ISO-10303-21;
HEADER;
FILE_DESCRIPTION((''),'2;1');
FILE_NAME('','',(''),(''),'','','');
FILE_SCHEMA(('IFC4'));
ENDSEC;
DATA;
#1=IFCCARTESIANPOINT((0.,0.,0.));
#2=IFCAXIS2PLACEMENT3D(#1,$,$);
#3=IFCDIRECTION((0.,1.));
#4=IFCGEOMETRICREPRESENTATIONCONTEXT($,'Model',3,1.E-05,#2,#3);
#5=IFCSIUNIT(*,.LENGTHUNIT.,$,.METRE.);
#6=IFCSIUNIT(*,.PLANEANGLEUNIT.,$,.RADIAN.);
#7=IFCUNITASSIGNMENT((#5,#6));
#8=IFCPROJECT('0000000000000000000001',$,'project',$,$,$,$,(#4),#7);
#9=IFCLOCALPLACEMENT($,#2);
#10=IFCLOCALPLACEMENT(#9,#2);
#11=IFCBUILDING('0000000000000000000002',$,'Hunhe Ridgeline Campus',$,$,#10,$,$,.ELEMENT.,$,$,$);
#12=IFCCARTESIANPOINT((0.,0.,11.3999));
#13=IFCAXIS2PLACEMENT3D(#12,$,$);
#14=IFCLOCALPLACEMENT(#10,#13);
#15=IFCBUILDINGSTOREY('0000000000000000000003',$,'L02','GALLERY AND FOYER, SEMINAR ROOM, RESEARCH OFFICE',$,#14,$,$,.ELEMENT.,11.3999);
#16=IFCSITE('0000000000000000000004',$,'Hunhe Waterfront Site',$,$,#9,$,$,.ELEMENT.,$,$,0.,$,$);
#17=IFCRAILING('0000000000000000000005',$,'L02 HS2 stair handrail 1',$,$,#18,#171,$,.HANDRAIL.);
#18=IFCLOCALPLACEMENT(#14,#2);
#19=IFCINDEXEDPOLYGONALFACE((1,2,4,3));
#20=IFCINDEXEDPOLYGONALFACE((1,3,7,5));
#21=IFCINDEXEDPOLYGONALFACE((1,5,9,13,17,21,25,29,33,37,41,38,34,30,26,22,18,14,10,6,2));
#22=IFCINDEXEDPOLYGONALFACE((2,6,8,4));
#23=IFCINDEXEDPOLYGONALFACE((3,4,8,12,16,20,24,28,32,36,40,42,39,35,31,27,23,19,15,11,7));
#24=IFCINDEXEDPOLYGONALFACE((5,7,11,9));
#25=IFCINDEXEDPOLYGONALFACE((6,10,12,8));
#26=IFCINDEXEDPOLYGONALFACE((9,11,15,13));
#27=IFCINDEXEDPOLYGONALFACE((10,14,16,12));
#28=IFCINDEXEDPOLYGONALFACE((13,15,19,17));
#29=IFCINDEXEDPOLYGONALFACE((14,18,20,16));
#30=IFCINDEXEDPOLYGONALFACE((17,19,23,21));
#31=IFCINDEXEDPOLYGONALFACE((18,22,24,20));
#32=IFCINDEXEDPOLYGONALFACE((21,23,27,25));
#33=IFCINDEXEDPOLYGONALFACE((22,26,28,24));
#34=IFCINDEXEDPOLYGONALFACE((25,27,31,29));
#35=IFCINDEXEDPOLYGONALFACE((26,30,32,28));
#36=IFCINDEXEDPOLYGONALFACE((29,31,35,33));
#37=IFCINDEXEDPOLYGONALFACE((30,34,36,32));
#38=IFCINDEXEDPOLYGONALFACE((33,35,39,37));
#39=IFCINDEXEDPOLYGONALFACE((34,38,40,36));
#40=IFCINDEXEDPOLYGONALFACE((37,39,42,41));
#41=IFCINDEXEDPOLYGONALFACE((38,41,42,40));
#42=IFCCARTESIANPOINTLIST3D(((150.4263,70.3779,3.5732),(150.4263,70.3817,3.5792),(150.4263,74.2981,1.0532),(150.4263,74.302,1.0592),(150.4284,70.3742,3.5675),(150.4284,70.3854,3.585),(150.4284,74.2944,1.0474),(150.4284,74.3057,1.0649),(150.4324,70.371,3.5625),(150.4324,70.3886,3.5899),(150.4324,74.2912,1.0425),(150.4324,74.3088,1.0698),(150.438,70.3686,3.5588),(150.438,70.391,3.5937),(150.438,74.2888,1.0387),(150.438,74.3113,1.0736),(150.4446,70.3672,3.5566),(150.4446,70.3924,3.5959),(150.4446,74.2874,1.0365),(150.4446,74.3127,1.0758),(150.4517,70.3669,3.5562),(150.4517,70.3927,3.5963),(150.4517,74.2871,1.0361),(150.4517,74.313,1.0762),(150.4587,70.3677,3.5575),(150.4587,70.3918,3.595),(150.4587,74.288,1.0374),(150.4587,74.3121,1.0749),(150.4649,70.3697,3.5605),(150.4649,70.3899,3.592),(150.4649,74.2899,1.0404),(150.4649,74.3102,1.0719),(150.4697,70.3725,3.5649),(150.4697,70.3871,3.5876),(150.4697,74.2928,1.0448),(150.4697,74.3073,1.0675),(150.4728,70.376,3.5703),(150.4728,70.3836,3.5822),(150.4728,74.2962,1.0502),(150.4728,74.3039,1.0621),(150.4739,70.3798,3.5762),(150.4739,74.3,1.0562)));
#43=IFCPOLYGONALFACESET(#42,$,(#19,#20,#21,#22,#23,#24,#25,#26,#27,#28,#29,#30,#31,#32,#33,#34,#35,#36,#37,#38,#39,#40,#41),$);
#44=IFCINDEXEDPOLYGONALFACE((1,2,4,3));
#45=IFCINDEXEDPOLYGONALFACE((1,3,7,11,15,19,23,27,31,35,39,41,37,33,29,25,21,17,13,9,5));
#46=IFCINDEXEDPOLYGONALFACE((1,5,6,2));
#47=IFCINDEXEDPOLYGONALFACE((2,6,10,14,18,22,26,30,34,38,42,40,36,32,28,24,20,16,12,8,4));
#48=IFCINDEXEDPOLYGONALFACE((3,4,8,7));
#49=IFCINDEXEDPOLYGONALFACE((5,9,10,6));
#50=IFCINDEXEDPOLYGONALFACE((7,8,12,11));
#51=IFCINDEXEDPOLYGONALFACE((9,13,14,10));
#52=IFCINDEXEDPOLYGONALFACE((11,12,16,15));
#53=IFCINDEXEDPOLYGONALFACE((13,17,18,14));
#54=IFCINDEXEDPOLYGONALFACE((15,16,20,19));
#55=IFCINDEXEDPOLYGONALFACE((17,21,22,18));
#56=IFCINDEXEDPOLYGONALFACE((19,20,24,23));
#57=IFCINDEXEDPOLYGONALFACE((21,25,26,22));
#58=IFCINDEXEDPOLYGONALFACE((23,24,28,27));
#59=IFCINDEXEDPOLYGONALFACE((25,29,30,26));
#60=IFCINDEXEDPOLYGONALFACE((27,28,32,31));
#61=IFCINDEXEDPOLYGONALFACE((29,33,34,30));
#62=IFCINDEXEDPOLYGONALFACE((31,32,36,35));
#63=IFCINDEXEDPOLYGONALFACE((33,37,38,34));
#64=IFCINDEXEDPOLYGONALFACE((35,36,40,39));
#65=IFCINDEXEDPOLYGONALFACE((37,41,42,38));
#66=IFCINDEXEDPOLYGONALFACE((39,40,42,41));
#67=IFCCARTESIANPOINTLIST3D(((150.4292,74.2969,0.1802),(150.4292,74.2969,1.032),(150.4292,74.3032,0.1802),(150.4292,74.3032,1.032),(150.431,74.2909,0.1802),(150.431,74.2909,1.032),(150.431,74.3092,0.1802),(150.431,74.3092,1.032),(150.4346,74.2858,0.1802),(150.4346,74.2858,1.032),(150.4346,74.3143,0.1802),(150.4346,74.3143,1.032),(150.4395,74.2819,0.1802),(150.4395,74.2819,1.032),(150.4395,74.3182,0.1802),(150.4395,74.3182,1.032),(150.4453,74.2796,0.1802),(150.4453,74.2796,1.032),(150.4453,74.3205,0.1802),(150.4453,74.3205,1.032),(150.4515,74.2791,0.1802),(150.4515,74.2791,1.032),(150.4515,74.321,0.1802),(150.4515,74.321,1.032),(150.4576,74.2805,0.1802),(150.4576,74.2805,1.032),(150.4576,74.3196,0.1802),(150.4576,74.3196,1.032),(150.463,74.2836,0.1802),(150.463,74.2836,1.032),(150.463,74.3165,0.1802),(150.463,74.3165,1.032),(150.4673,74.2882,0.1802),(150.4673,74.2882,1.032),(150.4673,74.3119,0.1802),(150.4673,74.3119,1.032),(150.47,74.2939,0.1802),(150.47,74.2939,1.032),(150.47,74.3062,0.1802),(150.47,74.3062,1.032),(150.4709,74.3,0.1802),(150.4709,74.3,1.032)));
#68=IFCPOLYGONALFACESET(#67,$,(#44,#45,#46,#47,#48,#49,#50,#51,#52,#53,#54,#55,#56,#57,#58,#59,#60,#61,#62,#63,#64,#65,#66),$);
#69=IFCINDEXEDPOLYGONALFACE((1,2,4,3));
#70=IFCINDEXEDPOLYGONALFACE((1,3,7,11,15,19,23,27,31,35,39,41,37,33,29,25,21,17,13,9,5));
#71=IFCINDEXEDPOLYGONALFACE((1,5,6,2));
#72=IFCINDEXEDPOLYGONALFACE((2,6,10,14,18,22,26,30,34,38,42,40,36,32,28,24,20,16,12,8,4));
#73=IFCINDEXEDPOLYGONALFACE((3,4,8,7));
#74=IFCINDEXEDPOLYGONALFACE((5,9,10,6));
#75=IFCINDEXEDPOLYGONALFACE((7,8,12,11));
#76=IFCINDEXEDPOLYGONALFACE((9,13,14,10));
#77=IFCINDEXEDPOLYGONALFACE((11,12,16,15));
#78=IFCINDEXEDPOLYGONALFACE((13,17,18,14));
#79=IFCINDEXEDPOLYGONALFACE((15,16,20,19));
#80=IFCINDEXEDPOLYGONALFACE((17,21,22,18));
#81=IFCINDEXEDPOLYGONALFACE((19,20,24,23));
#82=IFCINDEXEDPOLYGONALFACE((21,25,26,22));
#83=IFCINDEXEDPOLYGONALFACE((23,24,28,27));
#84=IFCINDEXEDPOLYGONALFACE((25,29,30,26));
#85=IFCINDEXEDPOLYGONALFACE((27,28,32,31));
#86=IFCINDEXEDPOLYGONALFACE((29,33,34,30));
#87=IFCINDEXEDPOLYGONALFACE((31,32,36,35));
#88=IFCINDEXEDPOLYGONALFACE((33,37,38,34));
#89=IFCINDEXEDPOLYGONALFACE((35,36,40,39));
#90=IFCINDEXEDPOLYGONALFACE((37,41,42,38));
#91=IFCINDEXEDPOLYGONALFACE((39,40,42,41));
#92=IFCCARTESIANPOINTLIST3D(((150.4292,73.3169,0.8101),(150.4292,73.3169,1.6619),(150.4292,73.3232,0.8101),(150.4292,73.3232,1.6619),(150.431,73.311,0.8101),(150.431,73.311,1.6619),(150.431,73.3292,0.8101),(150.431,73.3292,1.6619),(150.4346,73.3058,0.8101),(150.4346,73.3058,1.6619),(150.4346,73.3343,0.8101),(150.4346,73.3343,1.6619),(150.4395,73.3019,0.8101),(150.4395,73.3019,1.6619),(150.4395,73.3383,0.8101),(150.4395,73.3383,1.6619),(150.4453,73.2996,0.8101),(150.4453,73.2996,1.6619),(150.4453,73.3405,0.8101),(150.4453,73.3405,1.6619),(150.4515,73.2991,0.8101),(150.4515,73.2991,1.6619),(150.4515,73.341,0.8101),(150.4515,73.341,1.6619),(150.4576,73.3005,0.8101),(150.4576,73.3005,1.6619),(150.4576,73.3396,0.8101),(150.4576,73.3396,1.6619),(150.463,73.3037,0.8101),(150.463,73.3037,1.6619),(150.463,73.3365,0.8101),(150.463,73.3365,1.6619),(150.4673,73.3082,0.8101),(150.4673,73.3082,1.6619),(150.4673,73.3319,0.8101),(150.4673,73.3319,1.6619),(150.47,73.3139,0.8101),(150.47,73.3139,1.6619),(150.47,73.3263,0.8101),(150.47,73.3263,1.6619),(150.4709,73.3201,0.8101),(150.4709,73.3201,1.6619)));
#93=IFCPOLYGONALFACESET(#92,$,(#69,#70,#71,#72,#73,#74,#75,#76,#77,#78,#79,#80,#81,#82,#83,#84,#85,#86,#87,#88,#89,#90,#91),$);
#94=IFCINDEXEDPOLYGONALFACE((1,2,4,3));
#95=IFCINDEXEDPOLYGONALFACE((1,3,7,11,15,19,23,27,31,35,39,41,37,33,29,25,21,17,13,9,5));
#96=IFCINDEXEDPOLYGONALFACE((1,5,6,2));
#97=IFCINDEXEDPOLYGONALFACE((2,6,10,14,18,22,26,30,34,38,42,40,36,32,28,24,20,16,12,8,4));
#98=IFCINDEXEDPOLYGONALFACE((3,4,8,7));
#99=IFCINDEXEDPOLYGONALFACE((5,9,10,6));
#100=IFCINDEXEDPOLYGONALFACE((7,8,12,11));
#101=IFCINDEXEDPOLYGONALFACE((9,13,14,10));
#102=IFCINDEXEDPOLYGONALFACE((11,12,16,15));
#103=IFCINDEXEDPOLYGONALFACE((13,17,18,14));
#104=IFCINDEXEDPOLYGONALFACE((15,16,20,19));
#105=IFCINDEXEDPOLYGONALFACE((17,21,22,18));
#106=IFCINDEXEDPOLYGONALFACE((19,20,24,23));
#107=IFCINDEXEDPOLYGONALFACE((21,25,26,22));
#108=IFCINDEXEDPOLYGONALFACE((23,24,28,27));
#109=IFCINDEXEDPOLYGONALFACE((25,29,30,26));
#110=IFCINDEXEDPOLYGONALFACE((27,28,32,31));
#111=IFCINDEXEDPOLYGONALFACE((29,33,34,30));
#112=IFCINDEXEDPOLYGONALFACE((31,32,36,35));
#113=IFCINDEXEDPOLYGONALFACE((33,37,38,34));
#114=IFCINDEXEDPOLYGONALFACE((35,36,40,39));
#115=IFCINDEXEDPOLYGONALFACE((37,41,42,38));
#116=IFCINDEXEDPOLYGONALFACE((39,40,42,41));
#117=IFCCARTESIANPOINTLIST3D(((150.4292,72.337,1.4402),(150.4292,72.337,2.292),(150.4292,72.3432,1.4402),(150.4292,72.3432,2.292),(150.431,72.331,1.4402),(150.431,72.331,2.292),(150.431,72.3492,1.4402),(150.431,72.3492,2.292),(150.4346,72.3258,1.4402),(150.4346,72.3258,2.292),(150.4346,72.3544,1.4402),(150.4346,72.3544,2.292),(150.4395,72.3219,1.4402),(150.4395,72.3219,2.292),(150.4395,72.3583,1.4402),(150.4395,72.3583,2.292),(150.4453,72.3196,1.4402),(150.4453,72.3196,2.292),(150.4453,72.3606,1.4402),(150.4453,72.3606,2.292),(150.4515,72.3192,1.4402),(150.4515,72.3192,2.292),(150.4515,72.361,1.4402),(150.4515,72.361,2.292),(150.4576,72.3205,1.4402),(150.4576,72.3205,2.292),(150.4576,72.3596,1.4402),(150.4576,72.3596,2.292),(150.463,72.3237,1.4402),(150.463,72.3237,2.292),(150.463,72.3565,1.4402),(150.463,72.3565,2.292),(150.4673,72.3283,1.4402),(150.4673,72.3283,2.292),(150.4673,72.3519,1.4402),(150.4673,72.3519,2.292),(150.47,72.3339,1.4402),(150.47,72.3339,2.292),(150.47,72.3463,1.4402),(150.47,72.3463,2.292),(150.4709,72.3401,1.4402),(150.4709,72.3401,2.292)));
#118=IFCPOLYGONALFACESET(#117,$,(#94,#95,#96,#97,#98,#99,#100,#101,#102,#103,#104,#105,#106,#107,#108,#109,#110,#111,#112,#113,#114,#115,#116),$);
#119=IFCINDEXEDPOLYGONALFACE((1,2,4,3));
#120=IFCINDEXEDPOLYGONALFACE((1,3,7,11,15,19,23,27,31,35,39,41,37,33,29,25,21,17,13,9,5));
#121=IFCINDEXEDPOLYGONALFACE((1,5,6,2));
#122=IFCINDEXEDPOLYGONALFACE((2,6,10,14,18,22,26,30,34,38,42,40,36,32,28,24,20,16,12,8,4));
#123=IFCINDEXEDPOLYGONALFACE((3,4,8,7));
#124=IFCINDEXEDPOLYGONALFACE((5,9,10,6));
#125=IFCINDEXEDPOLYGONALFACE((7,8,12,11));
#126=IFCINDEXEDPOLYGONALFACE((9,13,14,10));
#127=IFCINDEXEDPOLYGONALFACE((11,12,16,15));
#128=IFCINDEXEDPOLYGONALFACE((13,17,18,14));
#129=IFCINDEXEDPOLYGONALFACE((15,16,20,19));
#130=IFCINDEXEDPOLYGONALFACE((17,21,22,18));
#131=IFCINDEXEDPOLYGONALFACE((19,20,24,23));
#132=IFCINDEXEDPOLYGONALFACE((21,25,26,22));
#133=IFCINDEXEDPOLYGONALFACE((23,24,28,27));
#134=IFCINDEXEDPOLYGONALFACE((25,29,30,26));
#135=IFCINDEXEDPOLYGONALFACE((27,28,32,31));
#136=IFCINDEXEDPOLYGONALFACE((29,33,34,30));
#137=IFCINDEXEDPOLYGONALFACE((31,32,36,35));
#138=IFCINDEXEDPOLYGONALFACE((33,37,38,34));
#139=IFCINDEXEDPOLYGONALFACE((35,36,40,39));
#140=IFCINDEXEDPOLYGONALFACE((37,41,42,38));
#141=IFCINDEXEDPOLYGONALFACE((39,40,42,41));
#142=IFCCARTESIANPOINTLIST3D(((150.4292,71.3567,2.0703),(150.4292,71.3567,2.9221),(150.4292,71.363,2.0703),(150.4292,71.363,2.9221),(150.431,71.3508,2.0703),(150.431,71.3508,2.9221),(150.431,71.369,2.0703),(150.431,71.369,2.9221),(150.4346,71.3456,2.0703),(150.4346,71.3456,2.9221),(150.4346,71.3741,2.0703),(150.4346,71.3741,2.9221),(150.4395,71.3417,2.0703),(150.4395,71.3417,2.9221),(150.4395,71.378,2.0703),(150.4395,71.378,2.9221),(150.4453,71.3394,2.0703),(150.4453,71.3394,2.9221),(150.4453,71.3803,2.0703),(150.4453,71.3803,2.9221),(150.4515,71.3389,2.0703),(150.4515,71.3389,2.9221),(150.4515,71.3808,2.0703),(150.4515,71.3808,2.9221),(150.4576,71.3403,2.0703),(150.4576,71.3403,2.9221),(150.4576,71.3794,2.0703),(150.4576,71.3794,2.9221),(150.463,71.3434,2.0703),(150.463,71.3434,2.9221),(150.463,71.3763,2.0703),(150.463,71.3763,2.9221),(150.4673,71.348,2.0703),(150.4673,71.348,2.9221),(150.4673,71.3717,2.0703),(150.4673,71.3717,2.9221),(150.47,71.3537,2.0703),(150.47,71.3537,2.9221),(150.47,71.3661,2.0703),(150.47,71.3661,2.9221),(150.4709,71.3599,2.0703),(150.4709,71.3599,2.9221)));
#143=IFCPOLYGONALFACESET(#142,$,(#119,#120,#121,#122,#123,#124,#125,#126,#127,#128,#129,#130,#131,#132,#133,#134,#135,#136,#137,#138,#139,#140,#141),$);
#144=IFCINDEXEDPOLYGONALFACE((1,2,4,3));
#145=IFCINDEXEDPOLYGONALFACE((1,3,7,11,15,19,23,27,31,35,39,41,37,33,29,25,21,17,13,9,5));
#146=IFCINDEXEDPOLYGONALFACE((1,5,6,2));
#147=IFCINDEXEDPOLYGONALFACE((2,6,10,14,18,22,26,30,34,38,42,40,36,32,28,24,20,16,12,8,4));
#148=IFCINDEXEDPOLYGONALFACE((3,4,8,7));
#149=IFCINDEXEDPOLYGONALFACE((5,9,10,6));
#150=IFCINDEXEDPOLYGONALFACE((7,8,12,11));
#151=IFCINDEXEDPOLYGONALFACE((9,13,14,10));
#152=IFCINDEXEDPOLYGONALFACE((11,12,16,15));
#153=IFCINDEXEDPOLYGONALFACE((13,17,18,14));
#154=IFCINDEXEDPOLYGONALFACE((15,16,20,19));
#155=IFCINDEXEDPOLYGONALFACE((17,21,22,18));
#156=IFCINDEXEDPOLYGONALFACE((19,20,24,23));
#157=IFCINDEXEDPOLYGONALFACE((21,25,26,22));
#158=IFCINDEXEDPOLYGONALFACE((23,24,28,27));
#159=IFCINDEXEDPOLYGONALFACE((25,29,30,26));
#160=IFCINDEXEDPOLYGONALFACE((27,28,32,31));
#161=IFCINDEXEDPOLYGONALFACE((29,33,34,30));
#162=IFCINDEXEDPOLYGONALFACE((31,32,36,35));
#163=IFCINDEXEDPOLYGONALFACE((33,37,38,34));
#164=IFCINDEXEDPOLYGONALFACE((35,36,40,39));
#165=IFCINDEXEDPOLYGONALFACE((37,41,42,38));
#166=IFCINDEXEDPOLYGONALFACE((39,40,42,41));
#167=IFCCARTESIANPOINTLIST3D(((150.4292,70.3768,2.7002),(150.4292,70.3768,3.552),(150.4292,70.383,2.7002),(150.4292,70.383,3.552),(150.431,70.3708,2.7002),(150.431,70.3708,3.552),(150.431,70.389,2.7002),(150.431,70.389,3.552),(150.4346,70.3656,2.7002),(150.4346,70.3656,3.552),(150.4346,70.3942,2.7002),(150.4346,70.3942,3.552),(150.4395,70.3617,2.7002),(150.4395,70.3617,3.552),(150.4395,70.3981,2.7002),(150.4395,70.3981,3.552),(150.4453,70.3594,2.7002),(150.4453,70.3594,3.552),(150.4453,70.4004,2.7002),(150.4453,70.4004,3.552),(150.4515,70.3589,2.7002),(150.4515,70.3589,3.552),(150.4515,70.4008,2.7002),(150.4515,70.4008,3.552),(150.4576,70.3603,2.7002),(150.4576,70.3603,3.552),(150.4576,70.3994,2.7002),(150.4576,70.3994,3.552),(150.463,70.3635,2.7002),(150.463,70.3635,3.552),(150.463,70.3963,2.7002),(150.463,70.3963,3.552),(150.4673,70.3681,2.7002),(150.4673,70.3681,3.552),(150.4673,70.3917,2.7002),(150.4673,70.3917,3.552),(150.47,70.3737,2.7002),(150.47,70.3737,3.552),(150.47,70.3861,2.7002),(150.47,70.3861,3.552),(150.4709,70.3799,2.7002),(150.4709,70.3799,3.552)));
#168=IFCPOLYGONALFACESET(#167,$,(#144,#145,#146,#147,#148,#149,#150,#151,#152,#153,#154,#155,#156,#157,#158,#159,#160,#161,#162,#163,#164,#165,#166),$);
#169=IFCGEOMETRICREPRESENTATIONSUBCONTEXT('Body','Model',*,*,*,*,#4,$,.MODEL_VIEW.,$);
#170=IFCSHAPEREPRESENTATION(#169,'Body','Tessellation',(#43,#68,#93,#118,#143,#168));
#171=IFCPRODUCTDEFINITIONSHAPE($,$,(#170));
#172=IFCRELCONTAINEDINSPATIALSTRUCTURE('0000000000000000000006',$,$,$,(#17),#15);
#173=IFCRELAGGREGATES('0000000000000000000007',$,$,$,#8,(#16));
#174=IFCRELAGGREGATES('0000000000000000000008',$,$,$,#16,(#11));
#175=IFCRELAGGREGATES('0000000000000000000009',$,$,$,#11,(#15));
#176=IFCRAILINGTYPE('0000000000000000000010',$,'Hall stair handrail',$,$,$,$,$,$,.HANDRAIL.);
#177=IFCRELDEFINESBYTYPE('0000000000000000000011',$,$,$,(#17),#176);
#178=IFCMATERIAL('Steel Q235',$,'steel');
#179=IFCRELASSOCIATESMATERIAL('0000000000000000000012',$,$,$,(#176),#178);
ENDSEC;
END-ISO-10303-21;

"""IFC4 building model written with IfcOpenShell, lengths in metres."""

from ifc_helpers import new_model, si_unit, direction, frame, origin, origin_2d, place, context, subcontext, project, spatial, circle, extrude, material, type_object, element, save


model = new_model("IFC4")

# Units and contexts
model_context = context("Model", 3, precision=1e-05, world=origin(), true_north=direction((0.0, 1.0)))
body_context = subcontext(model_context, "Body", "Model", "MODEL_VIEW")
ifc_project = project(units=[si_unit("LENGTHUNIT", "METRE"), si_unit("PLANEANGLEUNIT", "RADIAN")], contexts=[model_context])

# Site, building, storey
site_placement = place(None, origin())
site = spatial("IfcSite", under=ifc_project, at=site_placement, Name="Hunhe Waterfront Site", CompositionType="ELEMENT", RefElevation=0.0)
building_placement = place(site_placement, origin())
building = spatial("IfcBuilding", under=site, at=building_placement, Name="Hunhe Ridgeline Campus", CompositionType="ELEMENT")
storey_placement = place(building_placement, frame((0.0, 0.0, 11.3999)))
storey = spatial("IfcBuildingStorey", under=building, at=storey_placement, Name="L02", Description="GALLERY AND FOYER, SEMINAR ROOM, RESEARCH OFFICE", CompositionType="ELEMENT", Elevation=11.3999)

# Shared definitions
ifc_material_1 = material(Name="Steel Q235", Category="steel")

# Railing
railing_type_1 = type_object("IfcRailingType", Name="Hall stair handrail", PredefinedType="HANDRAIL", material=ifc_material_1)
railing_1_placement = place(storey_placement, frame((150.45, 74.3, 0.1802)))
element("IfcRailing", 1, at=railing_1_placement, inside=storey, type_object=railing_type_1, Name="L02 HS2 stair handrail 1", PredefinedType="HANDRAIL", context=body_context, shape_type="SweptSolid", body=[
    extrude(circle(Radius=0.0239, at=origin_2d()), frame((0.0, 0.0, 0.876), z_axis=(0.0, -0.841187, 0.540744), x_axis=(1.0, 0.0, 0.0)), (0.0, 0.0, 1.0), 4.6604),
    extrude(circle(Radius=0.021, at=origin_2d()), origin(), (0.0, 0.0, 1.0), 0.8518),
    extrude(circle(Radius=0.021, at=origin_2d()), frame((0.0, -0.98, 0.6299)), (0.0, 0.0, 1.0), 0.8518),
    extrude(circle(Radius=0.021, at=origin_2d()), frame((0.0, -1.96, 1.26)), (0.0, 0.0, 1.0), 0.8518),
    extrude(circle(Radius=0.021, at=origin_2d()), frame((0.0, -2.9402, 1.8901)), (0.0, 0.0, 1.0), 0.8518),
    extrude(circle(Radius=0.021, at=origin_2d()), frame((0.0, -3.9202, 2.52)), (0.0, 0.0, 1.0), 0.8518),
])

save(model, "model.ifc")
